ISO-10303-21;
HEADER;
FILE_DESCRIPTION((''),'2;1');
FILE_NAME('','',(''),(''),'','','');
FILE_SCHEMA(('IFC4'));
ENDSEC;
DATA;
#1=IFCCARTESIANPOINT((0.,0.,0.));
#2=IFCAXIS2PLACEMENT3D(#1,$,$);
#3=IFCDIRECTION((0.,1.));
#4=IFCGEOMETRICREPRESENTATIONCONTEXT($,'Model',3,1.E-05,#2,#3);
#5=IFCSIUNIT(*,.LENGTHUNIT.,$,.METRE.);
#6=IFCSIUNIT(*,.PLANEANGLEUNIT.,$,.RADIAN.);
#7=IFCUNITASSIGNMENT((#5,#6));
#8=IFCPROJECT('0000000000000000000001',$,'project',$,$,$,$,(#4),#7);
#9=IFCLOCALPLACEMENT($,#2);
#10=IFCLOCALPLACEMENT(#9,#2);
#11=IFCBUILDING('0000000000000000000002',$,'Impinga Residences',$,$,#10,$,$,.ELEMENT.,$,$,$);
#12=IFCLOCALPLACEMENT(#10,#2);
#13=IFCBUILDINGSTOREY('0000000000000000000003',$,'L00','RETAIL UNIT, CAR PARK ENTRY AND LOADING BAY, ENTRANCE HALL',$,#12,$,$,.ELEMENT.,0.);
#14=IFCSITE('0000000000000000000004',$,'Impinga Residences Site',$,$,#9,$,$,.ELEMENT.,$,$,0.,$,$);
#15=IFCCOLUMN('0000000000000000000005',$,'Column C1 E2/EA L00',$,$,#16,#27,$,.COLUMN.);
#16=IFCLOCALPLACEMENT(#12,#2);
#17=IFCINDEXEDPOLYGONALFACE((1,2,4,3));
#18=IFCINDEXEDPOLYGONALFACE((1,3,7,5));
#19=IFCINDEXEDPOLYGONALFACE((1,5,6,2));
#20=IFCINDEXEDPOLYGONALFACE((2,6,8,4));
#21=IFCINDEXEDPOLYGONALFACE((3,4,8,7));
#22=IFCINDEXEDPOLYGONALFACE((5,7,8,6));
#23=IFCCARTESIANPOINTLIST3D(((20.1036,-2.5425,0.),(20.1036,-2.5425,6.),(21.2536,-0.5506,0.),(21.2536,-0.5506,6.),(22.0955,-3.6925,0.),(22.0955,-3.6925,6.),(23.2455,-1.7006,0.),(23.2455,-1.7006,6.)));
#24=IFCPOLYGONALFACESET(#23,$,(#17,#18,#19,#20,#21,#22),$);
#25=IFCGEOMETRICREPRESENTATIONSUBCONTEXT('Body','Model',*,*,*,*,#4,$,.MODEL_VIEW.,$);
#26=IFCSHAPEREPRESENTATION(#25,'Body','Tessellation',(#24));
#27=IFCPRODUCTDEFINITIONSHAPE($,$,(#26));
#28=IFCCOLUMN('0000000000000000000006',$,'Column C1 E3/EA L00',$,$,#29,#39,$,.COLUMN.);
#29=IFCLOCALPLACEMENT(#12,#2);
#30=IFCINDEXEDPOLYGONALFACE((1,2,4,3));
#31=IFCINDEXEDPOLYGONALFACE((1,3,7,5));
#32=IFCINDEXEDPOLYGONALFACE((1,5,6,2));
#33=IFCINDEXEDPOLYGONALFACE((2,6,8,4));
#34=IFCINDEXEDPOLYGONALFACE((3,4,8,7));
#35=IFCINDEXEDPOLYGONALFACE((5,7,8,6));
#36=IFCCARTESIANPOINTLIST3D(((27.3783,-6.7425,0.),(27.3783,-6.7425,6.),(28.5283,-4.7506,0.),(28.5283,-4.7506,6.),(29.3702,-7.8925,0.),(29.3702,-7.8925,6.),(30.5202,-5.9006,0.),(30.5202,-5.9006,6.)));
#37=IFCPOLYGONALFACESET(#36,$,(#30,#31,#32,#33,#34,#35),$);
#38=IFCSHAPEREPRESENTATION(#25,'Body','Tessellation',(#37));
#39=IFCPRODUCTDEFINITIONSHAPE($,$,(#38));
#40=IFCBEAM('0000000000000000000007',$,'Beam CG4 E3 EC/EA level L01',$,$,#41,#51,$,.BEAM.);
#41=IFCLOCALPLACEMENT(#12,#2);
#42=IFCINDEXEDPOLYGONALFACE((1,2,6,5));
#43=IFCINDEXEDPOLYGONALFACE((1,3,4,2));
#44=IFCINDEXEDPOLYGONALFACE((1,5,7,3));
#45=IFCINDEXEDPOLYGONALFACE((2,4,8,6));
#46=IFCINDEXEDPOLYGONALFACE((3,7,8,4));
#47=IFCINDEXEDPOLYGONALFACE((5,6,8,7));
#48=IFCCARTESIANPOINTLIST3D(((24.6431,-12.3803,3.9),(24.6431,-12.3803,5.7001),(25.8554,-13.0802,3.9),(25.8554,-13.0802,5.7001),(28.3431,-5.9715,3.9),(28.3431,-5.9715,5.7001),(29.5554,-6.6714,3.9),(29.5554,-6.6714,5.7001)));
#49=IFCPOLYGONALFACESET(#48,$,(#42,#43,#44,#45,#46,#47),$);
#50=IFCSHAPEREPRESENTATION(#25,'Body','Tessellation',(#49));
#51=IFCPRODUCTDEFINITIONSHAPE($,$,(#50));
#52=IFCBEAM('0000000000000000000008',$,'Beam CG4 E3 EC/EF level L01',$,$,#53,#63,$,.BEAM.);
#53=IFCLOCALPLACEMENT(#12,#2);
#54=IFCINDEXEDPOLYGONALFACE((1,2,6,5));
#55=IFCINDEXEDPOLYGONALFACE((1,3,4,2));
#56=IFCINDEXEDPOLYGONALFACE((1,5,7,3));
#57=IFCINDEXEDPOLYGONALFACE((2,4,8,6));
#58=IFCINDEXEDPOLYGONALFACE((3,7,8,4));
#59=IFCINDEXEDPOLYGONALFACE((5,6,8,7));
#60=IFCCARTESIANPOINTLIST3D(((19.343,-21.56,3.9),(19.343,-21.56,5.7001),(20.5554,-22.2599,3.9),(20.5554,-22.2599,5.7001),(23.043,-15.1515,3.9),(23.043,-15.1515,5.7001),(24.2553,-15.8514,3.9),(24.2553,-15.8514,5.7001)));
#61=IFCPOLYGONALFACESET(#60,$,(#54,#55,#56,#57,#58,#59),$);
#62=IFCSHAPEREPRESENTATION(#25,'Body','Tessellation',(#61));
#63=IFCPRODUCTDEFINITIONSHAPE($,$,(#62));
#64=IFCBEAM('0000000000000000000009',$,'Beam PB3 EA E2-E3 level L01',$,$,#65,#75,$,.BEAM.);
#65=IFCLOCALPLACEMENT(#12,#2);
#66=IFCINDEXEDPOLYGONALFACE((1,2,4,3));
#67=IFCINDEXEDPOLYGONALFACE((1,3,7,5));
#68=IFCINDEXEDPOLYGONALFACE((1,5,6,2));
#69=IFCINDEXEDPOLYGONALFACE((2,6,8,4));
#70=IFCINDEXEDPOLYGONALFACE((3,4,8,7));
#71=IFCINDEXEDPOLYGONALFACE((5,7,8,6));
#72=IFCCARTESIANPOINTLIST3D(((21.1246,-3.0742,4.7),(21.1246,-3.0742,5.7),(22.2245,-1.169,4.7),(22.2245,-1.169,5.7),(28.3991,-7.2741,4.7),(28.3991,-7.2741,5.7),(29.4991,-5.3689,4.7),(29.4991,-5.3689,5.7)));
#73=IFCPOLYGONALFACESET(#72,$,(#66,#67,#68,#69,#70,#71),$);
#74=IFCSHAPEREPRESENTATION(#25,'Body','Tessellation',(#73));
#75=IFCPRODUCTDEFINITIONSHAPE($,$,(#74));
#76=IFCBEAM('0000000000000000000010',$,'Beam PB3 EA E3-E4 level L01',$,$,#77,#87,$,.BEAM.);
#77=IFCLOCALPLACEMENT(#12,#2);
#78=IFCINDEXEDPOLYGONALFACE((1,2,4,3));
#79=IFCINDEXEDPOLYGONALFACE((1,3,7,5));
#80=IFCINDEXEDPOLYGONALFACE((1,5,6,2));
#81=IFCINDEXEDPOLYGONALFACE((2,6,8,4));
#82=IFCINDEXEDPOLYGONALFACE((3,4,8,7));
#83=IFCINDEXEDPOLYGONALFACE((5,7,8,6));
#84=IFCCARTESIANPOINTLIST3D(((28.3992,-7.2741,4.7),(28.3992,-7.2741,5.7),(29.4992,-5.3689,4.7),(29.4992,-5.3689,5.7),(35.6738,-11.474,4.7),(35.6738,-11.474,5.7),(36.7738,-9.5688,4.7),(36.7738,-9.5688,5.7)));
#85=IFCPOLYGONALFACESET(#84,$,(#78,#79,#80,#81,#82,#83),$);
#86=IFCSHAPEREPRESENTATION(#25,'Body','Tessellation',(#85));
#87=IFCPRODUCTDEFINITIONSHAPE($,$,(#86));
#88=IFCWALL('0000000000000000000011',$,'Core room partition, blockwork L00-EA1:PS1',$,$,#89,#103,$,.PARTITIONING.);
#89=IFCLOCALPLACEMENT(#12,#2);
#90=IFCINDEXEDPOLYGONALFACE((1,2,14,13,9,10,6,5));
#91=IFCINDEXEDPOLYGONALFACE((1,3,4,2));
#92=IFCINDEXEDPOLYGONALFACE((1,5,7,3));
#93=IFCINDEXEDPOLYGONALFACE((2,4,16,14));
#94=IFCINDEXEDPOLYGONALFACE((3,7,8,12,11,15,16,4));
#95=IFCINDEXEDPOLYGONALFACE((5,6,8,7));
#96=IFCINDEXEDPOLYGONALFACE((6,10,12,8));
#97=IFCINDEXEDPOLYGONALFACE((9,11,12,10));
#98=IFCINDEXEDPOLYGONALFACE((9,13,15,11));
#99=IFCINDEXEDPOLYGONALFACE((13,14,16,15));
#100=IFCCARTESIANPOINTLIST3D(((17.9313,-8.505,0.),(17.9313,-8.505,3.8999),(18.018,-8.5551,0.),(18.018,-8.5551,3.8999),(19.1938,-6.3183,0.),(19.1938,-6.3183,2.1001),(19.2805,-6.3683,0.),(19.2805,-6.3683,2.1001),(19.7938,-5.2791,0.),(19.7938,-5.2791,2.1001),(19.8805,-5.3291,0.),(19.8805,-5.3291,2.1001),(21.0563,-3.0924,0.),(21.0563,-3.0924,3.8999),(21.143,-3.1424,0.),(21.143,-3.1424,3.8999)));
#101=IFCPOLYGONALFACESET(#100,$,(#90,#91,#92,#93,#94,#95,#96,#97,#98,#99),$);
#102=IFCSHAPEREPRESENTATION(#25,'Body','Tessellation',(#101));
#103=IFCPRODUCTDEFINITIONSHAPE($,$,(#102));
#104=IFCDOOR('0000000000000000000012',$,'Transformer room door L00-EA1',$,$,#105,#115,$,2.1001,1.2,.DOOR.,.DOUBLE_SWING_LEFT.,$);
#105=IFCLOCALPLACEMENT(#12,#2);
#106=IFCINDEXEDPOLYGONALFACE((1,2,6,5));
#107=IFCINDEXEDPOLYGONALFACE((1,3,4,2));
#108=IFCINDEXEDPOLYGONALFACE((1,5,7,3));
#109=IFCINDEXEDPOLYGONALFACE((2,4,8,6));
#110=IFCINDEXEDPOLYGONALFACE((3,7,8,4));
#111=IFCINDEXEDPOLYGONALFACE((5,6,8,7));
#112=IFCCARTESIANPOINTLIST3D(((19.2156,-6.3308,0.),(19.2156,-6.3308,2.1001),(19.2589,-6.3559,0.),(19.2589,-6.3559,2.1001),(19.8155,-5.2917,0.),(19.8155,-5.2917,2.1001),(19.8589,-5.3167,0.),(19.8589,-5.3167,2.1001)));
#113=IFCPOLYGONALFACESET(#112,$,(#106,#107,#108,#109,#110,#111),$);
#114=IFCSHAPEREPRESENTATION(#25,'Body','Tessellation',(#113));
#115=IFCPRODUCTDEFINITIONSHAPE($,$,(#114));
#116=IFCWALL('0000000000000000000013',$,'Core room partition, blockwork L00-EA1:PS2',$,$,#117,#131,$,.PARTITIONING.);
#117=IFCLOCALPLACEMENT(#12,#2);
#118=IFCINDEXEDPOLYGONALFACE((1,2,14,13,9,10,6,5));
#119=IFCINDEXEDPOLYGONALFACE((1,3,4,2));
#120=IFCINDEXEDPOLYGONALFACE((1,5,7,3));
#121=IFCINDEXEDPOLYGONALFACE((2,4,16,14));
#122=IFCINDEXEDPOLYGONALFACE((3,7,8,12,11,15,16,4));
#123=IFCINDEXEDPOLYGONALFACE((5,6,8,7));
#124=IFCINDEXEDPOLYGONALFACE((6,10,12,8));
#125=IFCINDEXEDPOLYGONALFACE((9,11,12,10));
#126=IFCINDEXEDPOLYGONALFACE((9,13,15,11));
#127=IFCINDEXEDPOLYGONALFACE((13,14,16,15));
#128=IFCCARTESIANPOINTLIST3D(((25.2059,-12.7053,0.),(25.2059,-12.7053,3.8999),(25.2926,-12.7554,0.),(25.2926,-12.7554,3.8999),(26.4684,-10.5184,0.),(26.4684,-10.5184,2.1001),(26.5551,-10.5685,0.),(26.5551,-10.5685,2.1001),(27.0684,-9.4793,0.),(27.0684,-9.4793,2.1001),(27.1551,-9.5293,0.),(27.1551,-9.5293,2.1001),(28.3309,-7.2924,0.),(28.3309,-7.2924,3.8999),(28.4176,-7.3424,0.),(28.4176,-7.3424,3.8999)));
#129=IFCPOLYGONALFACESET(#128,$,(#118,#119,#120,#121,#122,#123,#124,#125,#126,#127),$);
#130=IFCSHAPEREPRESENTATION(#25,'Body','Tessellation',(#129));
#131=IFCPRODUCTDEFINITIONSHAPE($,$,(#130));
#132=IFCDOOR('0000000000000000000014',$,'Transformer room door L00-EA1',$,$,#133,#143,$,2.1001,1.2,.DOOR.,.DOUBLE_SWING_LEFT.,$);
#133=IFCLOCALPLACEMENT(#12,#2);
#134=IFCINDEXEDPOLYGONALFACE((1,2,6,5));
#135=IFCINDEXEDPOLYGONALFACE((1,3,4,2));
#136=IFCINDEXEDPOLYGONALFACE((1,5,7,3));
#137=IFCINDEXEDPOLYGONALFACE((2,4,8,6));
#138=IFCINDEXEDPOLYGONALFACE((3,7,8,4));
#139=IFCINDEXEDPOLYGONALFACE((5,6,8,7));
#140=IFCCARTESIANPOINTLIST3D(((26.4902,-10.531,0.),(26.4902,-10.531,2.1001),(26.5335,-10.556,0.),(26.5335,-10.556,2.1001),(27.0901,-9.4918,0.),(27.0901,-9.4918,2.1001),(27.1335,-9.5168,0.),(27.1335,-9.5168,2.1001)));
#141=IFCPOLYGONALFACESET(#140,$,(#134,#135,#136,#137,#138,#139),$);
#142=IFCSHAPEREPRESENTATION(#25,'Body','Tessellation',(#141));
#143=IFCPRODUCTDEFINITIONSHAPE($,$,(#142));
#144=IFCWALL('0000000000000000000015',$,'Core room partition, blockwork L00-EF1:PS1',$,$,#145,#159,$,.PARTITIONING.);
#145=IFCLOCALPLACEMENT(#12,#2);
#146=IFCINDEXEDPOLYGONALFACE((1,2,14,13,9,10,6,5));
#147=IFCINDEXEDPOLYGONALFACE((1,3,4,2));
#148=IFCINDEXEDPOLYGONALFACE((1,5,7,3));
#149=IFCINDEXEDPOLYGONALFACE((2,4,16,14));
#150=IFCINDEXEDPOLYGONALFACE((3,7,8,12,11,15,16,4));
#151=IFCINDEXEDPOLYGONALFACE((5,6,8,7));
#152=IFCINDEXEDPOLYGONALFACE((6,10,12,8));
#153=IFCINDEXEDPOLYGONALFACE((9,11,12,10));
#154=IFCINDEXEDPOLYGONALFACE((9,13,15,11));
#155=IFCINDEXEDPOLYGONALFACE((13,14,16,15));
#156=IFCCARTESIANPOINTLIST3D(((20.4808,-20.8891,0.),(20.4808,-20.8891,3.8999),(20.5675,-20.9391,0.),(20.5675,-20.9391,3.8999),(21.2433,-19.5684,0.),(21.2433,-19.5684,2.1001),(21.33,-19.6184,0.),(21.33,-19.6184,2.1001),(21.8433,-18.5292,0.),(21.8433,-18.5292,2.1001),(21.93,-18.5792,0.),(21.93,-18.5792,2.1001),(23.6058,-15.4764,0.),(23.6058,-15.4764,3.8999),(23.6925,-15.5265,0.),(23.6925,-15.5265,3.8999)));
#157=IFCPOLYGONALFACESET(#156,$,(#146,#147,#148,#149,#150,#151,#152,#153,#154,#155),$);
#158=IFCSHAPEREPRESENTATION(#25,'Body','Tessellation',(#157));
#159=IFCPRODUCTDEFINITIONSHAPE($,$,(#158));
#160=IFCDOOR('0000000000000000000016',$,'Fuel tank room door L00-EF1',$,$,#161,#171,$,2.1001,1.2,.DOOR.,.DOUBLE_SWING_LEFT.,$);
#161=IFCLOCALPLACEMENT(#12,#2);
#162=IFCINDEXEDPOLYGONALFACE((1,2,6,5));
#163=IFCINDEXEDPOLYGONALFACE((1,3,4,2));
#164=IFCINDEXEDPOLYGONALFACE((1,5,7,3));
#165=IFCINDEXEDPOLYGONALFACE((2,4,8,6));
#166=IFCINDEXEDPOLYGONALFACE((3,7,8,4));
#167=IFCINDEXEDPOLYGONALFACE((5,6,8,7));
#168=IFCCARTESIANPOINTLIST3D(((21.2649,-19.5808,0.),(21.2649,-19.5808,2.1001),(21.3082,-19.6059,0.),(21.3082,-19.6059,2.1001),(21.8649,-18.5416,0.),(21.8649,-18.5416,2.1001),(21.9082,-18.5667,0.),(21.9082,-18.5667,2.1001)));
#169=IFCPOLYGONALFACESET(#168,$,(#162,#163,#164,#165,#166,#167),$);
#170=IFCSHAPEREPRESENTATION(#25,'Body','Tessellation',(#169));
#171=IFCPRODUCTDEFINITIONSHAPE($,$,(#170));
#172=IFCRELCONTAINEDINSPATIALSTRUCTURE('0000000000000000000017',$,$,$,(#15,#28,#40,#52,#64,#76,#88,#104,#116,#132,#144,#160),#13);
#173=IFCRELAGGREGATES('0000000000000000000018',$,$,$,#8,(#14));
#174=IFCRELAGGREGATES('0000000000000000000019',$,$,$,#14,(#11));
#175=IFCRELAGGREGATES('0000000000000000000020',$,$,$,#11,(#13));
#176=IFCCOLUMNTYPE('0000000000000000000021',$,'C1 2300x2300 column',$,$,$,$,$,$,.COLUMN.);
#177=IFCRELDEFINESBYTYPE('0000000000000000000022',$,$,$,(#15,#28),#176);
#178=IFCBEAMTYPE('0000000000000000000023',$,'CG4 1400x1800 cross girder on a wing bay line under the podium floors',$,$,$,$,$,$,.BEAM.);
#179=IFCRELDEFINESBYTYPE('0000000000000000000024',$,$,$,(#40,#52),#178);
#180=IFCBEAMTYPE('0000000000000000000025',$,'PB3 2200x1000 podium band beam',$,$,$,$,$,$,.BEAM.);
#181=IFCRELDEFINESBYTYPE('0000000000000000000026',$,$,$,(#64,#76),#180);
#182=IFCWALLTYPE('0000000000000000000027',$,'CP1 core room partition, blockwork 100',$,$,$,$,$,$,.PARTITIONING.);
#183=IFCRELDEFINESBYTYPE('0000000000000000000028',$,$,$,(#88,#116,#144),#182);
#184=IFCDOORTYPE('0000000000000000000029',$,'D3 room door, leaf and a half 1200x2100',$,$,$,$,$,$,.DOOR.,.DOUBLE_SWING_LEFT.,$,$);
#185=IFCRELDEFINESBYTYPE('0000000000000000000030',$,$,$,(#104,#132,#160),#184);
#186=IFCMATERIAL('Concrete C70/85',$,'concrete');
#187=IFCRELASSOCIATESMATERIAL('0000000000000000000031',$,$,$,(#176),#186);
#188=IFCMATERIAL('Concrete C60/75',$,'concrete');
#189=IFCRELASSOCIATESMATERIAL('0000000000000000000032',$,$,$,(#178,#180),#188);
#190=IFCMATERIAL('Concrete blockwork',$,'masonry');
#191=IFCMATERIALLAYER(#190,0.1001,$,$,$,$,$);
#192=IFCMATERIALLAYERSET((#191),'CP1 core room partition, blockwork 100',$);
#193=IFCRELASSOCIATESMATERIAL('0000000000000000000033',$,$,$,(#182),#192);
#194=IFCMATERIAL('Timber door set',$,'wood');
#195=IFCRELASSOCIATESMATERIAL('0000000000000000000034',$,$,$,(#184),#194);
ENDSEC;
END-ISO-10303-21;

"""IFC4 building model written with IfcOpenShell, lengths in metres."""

from ifc_helpers import new_model, si_unit, direction, frame, frame_2d, origin, origin_2d, place, context, subcontext, project, spatial, rectangle, extrude, material, layer, layer_set, material_profile, profile_set, type_object, element, fill, save


model = new_model("IFC4")

# Units and contexts
model_context = context("Model", 3, precision=1e-05, world=origin(), true_north=direction((0.0, 1.0)))
body_context = subcontext(model_context, "Body", "Model", "MODEL_VIEW")
ifc_project = project(units=[si_unit("LENGTHUNIT", "METRE"), si_unit("PLANEANGLEUNIT", "RADIAN")], contexts=[model_context])

# Site, building, storey
site_placement = place(None, origin())
site = spatial("IfcSite", under=ifc_project, at=site_placement, Name="Impinga Residences Site", CompositionType="ELEMENT", RefElevation=0.0)
building_placement = place(site_placement, origin())
building = spatial("IfcBuilding", under=site, at=building_placement, Name="Impinga Residences", CompositionType="ELEMENT")
storey_placement = place(building_placement, origin())
storey = spatial("IfcBuildingStorey", under=building, at=storey_placement, Name="L00", Description="RETAIL UNIT, CAR PARK ENTRY AND LOADING BAY, ENTRANCE HALL", CompositionType="ELEMENT", Elevation=0.0)

# Columns
ifc_material_1 = material(Name="Concrete C70/85", Category="concrete")
ifc_material_profile_1 = material_profile(ifc_material_1, rectangle(XDim=2.3, YDim=2.3, at=origin_2d()), Name="RC 2300x2300")
ifc_profile_set_1 = profile_set([ifc_material_profile_1], Name="Concrete C70/85")
column_type = type_object("IfcColumnType", Name="C1 2300x2300 column", PredefinedType="COLUMN", material=ifc_profile_set_1)
for number, where, z_axis, x_axis, name in (
    (1, (21.6746, -2.1216, 0.0), (0.0, 0.0, 1.0), (-0.5, -0.866025, 0.0), "Column C1 E2/EA L00"),
    (2, (28.9492, -6.3215, 0.0), (0.0, 0.0, 1.0), (-0.5, -0.866025, 0.0), "Column C1 E3/EA L00"),
):
    element("IfcColumn", number, at=place(storey_placement, frame(where, z_axis=z_axis, x_axis=x_axis)), inside=storey, type_object=column_type, Name=name, PredefinedType="COLUMN", context=body_context, shape_type="SweptSolid", body=[
        extrude(rectangle(XDim=2.3, YDim=2.3, at=origin_2d()), origin(), (0.0, 0.0, 1.0), 6.0),
    ])

# Beams
ifc_material_2 = material(Name="Concrete C60/75", Category="concrete")
ifc_material_profile_2 = material_profile(ifc_material_2, rectangle(XDim=1.3999, YDim=1.8, at=origin_2d()), Name="RC 1400x1800")
ifc_profile_set_2 = profile_set([ifc_material_profile_2], Name="Concrete C60/75")
beam_type_1 = type_object("IfcBeamType", Name="CG4 1400x1800 cross girder on a wing bay line under the podium floors", PredefinedType="BEAM", material=ifc_profile_set_2)
beam_1_placement = place(storey_placement, frame((25.2493, -12.7302, 4.8), z_axis=(0.499989, 0.866032, 0.0), x_axis=(-0.866032, 0.499989, 0.0)))
element("IfcBeam", 3, at=beam_1_placement, inside=storey, type_object=beam_type_1, Name="Beam CG4 E3 EC/EA level L01", PredefinedType="BEAM", context=body_context, shape_type="SweptSolid", body=[
    extrude(rectangle(XDim=1.3999, YDim=1.8, at=origin_2d()), origin(), (0.0, 0.0, 1.0), 7.4001),
])
beam_2_placement = place(storey_placement, frame((23.6492, -15.5015, 4.8), z_axis=(-0.500003, -0.866024, 0.0), x_axis=(0.866024, -0.500003, 0.0)))
element("IfcBeam", 4, at=beam_2_placement, inside=storey, type_object=beam_type_1, Name="Beam CG4 E3 EC/EF level L01", PredefinedType="BEAM", context=body_context, shape_type="SweptSolid", body=[
    extrude(rectangle(XDim=1.3999, YDim=1.8, at=origin_2d()), origin(), (0.0, 0.0, 1.0), 7.3999),
])
ifc_material_profile_3 = material_profile(ifc_material_2, rectangle(XDim=2.2, YDim=1.0, at=origin_2d()), Name="RC 2200x1000")
ifc_profile_set_3 = profile_set([ifc_material_profile_3], Name="Concrete C60/75")
beam_type_2 = type_object("IfcBeamType", Name="PB3 2200x1000 podium band beam", PredefinedType="BEAM", material=ifc_profile_set_3)
for number, where, z_axis, x_axis, name in (
    (5, (21.6746, -2.1216, 5.2), (0.866029, -0.499993, 0.0), (0.499993, 0.866029, 0.0), "Beam PB3 EA E2-E3 level L01"),
    (6, (28.9492, -6.3215, 5.2), (0.866029, -0.499993, 0.0), (0.499993, 0.866029, 0.0), "Beam PB3 EA E3-E4 level L01"),
):
    element("IfcBeam", number, at=place(storey_placement, frame(where, z_axis=z_axis, x_axis=x_axis)), inside=storey, type_object=beam_type_2, Name=name, PredefinedType="BEAM", context=body_context, shape_type="SweptSolid", body=[
        extrude(rectangle(XDim=2.2, YDim=1.0, at=origin_2d()), origin(), (0.0, 0.0, 1.0), 8.3999),
    ])

# Walls, openings, doors
ifc_material_3 = material(Name="Concrete blockwork", Category="masonry")
ifc_layer_1 = layer(ifc_material_3, 0.1001)
ifc_layer_set_1 = layer_set([ifc_layer_1], Name="CP1 core room partition, blockwork 100")
wall_type_1 = type_object("IfcWallType", Name="CP1 core room partition, blockwork 100", PredefinedType="PARTITIONING", material=ifc_layer_set_1)
wall_1_placement = place(storey_placement, frame((17.9746, -8.53, 0.0), z_axis=(0.0, 0.0, 1.0), x_axis=(0.500004, 0.866023, 0.0)))
wall_1 = element("IfcWall", 7, at=wall_1_placement, inside=storey, type_object=wall_type_1, Name="Core room partition, blockwork L00-EA1:PS1", PredefinedType="PARTITIONING", context=body_context, shape_type="SweptSolid", body=[
    extrude(rectangle(XDim=6.25, YDim=0.1001, at=frame_2d((3.125, 0.0))), origin(), (0.0, 0.0, 1.0), 3.8999),
])
opening_1_placement = place(wall_1_placement, frame((2.5249, 0.0, 0.0)))
opening_1 = element("IfcOpeningElement", 8, at=opening_1_placement, cuts=wall_1, PredefinedType="OPENING", context=body_context, shape_type="SweptSolid", body=[
    extrude(rectangle(XDim=1.2, YDim=2.1001, at=frame_2d((0.6001, 1.05))), frame((0.0, 0.0601, 0.0), z_axis=(0.0, -1.0, 0.0), x_axis=(1.0, 0.0, 0.0)), (0.0, 0.0, 1.0), 0.1201),
])
ifc_material_4 = material(Name="Timber door set", Category="wood")
door_type = type_object("IfcDoorType", Name="D3 room door, leaf and a half 1200x2100", OperationType="DOUBLE_SWING_LEFT", PredefinedType="DOOR", material=ifc_material_4)
door_1_placement = place(opening_1_placement, origin())
door_1 = element("IfcDoor", 9, at=door_1_placement, inside=storey, type_object=door_type, Name="Transformer room door L00-EA1", OperationType="DOUBLE_SWING_LEFT", OverallHeight=2.1001, OverallWidth=1.2, PredefinedType="DOOR", context=body_context, shape_type="SweptSolid", body=[
    extrude(rectangle(XDim=1.2, YDim=2.1001, at=frame_2d((0.6001, 1.05))), frame((0.0, 0.0249, 0.0), z_axis=(0.0, -1.0, 0.0), x_axis=(1.0, 0.0, 0.0)), (0.0, 0.0, 1.0), 0.05),
])
fill(opening_1, door_1)
wall_2_placement = place(storey_placement, frame((25.2493, -12.7302, 0.0), z_axis=(0.0, 0.0, 1.0), x_axis=(0.499987, 0.866033, 0.0)))
wall_2 = element("IfcWall", 10, at=wall_2_placement, inside=storey, type_object=wall_type_1, Name="Core room partition, blockwork L00-EA1:PS2", PredefinedType="PARTITIONING", context=body_context, shape_type="SweptSolid", body=[
    extrude(rectangle(XDim=6.2502, YDim=0.1001, at=frame_2d((3.125, 0.0))), origin(), (0.0, 0.0, 1.0), 3.8999),
])
opening_2_placement = place(wall_2_placement, frame((2.5249, 0.0, 0.0)))
opening_2 = element("IfcOpeningElement", 11, at=opening_2_placement, cuts=wall_2, PredefinedType="OPENING", context=body_context, shape_type="SweptSolid", body=[
    extrude(rectangle(XDim=1.2, YDim=2.1001, at=frame_2d((0.6001, 1.05))), frame((0.0, 0.0601, 0.0), z_axis=(0.0, -1.0, 0.0), x_axis=(1.0, 0.0, 0.0)), (0.0, 0.0, 1.0), 0.1201),
])
door_2_placement = place(opening_2_placement, origin())
door_2 = element("IfcDoor", 12, at=door_2_placement, inside=storey, type_object=door_type, Name="Transformer room door L00-EA1", OperationType="DOUBLE_SWING_LEFT", OverallHeight=2.1001, OverallWidth=1.2, PredefinedType="DOOR", context=body_context, shape_type="SweptSolid", body=[
    extrude(rectangle(XDim=1.2, YDim=2.1001, at=frame_2d((0.6001, 1.05))), frame((0.0, 0.0249, 0.0), z_axis=(0.0, -1.0, 0.0), x_axis=(1.0, 0.0, 0.0)), (0.0, 0.0, 1.0), 0.05),
])
fill(opening_2, door_2)
wall_3_placement = place(storey_placement, frame((23.6492, -15.5015, 0.0), z_axis=(0.0, 0.0, 1.0), x_axis=(-0.500004, -0.866023, 0.0)))
wall_3 = element("IfcWall", 13, at=wall_3_placement, inside=storey, type_object=wall_type_1, Name="Core room partition, blockwork L00-EF1:PS1", PredefinedType="PARTITIONING", context=body_context, shape_type="SweptSolid", body=[
    extrude(rectangle(XDim=6.25, YDim=0.1001, at=frame_2d((3.125, 0.0))), origin(), (0.0, 0.0, 1.0), 3.8999),
])
opening_3_placement = place(wall_3_placement, frame((3.5249, 0.0, 0.0)))
opening_3 = element("IfcOpeningElement", 14, at=opening_3_placement, cuts=wall_3, PredefinedType="OPENING", context=body_context, shape_type="SweptSolid", body=[
    extrude(rectangle(XDim=1.2, YDim=2.1001, at=frame_2d((0.6001, 1.05))), frame((0.0, 0.0601, 0.0), z_axis=(0.0, -1.0, 0.0), x_axis=(1.0, 0.0, 0.0)), (0.0, 0.0, 1.0), 0.1201),
])
door_3_placement = place(opening_3_placement, origin())
door_3 = element("IfcDoor", 15, at=door_3_placement, inside=storey, type_object=door_type, Name="Fuel tank room door L00-EF1", OperationType="DOUBLE_SWING_LEFT", OverallHeight=2.1001, OverallWidth=1.2, PredefinedType="DOOR", context=body_context, shape_type="SweptSolid", body=[
    extrude(rectangle(XDim=1.2, YDim=2.1001, at=frame_2d((0.6001, 1.05))), frame((0.0, 0.0249, 0.0), z_axis=(0.0, -1.0, 0.0), x_axis=(1.0, 0.0, 0.0)), (0.0, 0.0, 1.0), 0.05),
])
fill(opening_3, door_3)

save(model, "model.ifc")
